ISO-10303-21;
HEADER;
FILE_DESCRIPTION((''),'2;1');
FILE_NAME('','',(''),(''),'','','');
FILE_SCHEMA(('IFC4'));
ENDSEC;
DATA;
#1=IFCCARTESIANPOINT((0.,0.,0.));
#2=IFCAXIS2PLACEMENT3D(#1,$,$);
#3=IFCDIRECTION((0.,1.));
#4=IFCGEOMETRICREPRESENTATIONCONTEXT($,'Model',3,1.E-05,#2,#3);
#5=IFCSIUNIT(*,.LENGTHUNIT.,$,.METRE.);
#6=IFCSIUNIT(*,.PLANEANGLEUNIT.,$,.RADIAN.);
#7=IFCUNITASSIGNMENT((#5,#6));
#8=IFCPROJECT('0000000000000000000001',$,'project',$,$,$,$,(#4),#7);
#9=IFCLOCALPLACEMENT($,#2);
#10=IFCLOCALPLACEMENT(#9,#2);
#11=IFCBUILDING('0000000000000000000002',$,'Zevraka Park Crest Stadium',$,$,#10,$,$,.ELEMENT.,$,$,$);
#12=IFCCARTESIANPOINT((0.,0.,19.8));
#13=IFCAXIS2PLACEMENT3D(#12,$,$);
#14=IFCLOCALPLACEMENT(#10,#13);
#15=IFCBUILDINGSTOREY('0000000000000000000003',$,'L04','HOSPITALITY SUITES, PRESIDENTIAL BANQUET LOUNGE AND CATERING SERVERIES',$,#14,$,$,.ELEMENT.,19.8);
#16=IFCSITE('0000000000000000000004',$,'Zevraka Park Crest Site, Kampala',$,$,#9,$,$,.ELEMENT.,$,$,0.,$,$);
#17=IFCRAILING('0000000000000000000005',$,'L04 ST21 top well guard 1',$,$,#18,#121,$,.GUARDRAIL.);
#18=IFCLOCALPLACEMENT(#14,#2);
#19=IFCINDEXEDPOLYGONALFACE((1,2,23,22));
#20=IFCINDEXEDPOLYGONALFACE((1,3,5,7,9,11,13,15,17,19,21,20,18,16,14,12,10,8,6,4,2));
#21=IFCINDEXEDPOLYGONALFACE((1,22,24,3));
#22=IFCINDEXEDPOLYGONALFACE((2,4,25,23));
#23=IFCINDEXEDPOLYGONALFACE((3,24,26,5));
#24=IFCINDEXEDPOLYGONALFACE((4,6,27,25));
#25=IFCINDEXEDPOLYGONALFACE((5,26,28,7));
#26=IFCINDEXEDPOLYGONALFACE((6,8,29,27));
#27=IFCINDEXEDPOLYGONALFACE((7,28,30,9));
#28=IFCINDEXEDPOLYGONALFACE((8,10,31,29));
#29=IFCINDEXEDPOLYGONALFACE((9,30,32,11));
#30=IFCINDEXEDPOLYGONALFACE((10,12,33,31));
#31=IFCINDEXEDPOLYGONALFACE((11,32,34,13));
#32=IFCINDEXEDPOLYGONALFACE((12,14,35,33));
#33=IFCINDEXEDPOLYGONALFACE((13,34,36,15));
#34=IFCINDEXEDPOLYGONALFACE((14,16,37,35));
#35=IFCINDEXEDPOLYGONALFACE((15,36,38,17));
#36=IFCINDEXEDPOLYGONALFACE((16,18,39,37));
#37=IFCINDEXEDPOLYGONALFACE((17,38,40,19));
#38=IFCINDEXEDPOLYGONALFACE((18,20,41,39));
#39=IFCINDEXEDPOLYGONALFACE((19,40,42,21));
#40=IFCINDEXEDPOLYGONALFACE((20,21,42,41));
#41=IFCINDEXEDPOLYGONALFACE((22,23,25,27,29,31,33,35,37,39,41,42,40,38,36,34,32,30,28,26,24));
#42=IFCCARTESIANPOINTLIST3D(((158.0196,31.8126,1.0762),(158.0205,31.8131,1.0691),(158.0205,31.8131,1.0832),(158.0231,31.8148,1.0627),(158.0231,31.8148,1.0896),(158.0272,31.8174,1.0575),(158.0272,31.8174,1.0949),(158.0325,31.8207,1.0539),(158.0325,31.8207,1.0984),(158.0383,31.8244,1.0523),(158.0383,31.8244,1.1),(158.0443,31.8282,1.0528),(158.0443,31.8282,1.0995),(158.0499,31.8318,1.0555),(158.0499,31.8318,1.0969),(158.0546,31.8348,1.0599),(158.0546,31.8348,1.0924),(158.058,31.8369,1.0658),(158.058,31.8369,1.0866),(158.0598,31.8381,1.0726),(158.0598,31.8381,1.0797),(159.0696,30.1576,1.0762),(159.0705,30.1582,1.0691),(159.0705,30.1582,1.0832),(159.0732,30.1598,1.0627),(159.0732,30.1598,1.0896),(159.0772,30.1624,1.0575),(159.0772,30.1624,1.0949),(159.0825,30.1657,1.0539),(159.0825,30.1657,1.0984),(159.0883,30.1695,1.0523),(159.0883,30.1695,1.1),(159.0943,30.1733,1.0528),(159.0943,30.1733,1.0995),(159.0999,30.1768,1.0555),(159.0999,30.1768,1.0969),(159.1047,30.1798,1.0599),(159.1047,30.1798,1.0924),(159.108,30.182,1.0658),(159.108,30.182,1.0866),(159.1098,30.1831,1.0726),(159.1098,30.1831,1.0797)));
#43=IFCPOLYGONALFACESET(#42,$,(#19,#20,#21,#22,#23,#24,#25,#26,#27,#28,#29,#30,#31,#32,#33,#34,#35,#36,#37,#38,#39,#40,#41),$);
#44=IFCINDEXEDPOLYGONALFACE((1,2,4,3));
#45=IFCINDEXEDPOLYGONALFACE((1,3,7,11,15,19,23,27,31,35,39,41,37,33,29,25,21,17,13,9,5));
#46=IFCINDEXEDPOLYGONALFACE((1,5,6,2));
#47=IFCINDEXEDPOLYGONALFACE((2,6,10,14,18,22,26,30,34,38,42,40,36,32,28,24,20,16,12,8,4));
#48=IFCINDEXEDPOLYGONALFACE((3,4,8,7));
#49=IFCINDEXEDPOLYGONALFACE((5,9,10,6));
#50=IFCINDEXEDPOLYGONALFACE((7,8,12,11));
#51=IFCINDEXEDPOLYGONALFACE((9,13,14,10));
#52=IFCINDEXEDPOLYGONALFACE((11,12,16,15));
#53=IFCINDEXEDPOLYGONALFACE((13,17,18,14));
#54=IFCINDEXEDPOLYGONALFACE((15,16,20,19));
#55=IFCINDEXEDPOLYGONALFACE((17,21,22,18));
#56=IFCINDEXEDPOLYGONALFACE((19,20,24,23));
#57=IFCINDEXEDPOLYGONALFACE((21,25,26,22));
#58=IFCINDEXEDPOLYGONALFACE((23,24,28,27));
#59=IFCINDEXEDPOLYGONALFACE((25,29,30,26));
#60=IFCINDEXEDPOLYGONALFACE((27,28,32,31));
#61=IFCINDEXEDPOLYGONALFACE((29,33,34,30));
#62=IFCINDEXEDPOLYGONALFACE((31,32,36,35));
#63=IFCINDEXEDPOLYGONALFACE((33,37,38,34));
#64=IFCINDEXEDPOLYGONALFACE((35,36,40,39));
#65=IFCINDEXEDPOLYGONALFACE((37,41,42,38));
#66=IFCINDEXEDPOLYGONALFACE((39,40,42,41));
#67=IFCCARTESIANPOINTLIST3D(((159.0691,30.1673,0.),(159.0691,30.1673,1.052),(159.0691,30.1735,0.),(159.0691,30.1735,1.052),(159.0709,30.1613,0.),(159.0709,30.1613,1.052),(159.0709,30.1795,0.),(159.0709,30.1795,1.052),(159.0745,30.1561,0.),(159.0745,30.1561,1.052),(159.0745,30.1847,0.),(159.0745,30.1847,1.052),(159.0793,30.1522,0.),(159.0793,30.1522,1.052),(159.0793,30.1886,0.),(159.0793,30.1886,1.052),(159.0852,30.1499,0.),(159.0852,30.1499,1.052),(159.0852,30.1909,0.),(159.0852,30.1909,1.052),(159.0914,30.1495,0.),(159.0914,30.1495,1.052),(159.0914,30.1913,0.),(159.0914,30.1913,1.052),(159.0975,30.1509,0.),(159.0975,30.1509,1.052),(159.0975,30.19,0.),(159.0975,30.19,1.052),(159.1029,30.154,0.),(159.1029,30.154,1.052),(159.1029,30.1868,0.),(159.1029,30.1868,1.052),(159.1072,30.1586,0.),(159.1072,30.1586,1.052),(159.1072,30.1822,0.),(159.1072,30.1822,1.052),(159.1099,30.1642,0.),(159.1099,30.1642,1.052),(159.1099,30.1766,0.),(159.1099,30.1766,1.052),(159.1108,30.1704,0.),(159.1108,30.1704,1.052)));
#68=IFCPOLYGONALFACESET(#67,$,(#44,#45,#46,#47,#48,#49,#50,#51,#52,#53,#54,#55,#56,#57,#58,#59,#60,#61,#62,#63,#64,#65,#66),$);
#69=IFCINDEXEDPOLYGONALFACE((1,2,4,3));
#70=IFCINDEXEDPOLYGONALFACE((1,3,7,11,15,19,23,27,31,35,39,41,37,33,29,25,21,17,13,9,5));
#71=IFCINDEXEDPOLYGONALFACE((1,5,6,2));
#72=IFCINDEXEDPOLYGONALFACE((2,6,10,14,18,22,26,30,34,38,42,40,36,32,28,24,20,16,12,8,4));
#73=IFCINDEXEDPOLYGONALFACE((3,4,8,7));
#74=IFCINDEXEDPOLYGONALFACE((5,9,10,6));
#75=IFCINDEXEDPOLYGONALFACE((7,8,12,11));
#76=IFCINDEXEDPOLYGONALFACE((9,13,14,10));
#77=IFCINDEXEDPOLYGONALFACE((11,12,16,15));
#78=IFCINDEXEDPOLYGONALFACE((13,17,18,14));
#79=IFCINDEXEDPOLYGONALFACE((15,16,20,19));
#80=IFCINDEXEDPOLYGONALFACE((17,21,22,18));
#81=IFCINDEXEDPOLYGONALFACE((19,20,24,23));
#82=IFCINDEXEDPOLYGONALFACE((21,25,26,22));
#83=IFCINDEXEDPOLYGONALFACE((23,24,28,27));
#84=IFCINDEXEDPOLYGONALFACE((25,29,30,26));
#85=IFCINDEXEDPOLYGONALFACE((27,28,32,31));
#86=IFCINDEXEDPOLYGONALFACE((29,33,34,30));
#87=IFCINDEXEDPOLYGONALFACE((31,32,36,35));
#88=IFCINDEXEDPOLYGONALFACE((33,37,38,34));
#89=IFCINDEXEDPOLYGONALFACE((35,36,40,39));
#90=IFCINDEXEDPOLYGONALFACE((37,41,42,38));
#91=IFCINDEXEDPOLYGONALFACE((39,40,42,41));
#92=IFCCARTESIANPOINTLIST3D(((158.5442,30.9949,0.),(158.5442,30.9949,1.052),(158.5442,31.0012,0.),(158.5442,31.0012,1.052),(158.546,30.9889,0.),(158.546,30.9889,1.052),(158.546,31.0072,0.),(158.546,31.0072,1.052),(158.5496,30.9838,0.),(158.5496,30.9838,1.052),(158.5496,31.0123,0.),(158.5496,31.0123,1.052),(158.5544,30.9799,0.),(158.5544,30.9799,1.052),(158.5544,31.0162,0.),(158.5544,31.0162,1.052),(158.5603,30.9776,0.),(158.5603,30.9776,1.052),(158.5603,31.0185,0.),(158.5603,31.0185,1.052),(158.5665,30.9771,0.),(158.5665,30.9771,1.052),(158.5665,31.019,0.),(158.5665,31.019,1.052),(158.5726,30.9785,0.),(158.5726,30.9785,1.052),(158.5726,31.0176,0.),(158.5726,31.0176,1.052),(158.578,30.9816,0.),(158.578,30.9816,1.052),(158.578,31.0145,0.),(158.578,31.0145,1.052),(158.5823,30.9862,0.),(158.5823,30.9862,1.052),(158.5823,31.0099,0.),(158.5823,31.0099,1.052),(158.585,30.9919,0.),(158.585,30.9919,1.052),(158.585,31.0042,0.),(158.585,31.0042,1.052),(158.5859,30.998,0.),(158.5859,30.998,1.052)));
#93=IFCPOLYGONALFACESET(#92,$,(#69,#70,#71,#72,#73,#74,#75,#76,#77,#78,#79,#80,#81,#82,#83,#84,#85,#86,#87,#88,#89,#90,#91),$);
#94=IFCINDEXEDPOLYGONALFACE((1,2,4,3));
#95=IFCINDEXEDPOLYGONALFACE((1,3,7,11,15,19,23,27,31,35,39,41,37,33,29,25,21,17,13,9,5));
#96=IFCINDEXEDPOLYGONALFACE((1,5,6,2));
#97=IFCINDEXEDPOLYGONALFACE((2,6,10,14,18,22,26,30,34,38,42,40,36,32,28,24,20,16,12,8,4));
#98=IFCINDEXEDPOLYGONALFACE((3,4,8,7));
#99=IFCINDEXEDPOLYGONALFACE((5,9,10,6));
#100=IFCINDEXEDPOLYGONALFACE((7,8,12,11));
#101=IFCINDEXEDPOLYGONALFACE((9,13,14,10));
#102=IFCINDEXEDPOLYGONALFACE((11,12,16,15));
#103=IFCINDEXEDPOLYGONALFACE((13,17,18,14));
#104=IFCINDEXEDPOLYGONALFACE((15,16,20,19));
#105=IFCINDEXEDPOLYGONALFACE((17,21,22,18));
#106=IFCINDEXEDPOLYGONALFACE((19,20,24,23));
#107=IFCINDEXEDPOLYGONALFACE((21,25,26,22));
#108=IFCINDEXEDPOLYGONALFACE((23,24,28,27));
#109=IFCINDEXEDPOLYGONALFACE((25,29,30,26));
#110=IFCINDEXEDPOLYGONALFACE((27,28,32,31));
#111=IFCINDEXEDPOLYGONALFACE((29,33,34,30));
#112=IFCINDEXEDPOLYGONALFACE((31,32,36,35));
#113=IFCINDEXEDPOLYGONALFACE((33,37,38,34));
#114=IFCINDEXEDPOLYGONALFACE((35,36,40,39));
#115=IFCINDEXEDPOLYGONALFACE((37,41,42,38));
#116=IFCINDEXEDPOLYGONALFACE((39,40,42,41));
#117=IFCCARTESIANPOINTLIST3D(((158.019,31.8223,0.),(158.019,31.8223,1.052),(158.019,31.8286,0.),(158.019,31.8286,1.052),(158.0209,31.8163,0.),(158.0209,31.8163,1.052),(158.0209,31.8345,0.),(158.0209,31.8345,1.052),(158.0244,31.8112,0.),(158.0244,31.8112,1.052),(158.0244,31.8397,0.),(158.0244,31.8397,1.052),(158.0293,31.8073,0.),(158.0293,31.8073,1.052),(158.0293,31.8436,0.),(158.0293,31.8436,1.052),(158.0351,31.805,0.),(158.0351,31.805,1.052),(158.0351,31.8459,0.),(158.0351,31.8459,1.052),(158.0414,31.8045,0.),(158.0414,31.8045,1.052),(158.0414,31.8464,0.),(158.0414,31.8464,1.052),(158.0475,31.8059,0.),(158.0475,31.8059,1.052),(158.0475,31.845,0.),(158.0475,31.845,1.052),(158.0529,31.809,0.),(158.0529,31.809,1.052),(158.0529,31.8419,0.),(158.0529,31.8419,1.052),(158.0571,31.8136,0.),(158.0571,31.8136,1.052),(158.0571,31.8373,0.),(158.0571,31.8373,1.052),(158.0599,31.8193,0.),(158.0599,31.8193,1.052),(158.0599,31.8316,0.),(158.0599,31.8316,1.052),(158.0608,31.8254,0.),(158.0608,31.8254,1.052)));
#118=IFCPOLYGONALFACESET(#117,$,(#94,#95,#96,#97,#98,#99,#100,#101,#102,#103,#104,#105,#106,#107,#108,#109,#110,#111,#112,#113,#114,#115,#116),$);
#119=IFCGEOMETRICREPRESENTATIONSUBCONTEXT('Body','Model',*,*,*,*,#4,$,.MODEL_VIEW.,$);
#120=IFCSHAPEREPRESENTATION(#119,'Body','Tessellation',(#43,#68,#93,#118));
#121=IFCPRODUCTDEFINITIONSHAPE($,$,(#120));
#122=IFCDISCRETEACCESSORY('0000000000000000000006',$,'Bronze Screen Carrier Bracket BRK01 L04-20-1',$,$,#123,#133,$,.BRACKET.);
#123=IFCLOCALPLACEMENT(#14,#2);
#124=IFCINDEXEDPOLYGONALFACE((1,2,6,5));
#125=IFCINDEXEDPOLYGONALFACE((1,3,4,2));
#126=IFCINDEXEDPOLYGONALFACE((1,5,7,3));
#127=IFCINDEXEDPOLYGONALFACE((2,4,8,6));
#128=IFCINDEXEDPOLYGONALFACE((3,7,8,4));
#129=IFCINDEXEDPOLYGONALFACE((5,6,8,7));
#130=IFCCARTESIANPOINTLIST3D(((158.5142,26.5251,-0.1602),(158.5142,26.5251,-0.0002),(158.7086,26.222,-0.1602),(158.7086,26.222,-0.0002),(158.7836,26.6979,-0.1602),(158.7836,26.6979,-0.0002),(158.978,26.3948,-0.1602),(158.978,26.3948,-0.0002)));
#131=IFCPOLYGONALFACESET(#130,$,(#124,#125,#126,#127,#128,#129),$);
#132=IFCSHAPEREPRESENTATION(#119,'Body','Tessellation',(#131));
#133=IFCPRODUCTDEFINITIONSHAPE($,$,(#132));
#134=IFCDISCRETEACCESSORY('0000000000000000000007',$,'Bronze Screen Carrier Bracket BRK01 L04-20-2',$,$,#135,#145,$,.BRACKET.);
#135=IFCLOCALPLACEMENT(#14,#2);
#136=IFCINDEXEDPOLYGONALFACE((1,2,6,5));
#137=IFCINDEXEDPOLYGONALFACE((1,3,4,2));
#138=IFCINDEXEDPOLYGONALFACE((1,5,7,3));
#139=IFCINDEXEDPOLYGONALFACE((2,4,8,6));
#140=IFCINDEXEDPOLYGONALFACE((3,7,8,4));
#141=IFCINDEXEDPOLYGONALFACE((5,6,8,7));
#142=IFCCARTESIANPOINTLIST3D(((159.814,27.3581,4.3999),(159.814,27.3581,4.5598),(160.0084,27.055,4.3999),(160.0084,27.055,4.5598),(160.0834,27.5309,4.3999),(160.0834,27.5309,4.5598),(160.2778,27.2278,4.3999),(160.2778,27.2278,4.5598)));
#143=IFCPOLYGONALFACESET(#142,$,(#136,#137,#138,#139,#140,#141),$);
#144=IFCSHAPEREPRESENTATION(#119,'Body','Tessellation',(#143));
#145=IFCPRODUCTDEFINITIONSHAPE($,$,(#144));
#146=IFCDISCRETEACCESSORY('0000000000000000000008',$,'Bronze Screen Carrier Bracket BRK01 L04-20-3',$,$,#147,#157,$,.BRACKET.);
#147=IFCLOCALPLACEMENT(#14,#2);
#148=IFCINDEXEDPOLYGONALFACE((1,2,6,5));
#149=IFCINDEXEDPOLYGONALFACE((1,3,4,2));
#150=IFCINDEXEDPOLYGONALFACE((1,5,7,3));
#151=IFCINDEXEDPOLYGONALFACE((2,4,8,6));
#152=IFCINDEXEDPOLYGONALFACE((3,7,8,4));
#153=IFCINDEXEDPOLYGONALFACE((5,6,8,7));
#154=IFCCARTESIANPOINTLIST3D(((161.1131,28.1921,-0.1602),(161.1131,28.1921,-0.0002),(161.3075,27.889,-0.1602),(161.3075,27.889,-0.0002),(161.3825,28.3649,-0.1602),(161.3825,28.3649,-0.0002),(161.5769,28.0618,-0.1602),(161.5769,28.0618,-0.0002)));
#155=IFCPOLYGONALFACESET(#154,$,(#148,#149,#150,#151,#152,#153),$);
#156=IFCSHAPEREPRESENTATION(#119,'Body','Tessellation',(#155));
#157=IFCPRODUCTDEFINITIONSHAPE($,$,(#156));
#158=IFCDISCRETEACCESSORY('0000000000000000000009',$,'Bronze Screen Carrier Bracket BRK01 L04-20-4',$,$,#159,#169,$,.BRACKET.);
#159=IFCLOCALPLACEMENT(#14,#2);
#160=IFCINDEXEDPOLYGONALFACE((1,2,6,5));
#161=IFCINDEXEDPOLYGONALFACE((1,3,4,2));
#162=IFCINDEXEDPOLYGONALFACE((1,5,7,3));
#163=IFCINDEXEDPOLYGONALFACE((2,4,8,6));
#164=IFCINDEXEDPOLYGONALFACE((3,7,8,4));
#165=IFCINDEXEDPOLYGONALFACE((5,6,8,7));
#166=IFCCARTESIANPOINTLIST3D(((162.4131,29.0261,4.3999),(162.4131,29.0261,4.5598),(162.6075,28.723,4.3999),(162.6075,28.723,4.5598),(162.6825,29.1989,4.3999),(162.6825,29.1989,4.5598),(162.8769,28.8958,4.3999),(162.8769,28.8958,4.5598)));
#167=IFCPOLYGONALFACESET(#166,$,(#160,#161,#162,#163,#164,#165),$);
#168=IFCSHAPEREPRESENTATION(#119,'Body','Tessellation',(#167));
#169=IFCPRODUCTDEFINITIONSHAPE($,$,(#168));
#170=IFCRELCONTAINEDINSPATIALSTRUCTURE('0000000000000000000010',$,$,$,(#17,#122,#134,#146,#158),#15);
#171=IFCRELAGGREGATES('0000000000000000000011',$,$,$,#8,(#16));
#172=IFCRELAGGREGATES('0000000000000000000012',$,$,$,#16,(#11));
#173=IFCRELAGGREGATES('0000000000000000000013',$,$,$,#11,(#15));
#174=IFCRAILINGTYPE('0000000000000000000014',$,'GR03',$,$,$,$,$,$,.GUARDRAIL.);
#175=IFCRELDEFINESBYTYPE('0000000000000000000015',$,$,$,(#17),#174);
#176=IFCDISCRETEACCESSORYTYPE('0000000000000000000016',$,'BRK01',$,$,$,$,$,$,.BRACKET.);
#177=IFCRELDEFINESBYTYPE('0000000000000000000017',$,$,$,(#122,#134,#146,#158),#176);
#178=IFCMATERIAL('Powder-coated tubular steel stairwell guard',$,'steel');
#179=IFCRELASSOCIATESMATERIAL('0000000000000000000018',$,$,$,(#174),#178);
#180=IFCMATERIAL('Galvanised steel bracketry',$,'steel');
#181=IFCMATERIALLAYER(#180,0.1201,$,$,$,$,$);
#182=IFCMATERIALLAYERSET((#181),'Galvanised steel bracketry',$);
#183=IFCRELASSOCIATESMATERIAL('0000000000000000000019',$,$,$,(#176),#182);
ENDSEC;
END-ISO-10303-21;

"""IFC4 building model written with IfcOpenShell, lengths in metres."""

from ifc_helpers import new_model, si_unit, direction, frame, origin, origin_2d, place, context, subcontext, project, spatial, rectangle, circle, extrude, material, layer, layer_set, type_object, element, save


model = new_model("IFC4")

# Units and contexts
model_context = context("Model", 3, precision=1e-05, world=origin(), true_north=direction((0.0, 1.0)))
body_context = subcontext(model_context, "Body", "Model", "MODEL_VIEW")
ifc_project = project(units=[si_unit("LENGTHUNIT", "METRE"), si_unit("PLANEANGLEUNIT", "RADIAN")], contexts=[model_context])

# Site, building, storey
site_placement = place(None, origin())
site = spatial("IfcSite", under=ifc_project, at=site_placement, Name="Zevraka Park Crest Site, Kampala", CompositionType="ELEMENT", RefElevation=0.0)
building_placement = place(site_placement, origin())
building = spatial("IfcBuilding", under=site, at=building_placement, Name="Zevraka Park Crest Stadium", CompositionType="ELEMENT")
storey_placement = place(building_placement, frame((0.0, 0.0, 19.8)))
storey = spatial("IfcBuildingStorey", under=building, at=storey_placement, Name="L04", Description="HOSPITALITY SUITES, PRESIDENTIAL BANQUET LOUNGE AND CATERING SERVERIES", CompositionType="ELEMENT", Elevation=19.8)

# Railing
ifc_material_1 = material(Name="Powder-coated tubular steel stairwell guard", Category="steel")
railing_type = type_object("IfcRailingType", Name="GR03", PredefinedType="GUARDRAIL", material=ifc_material_1)
railing_placement = place(storey_placement, frame((159.0898, 30.1704, 0.0)))
element("IfcRailing", 1, at=railing_placement, inside=storey, type_object=railing_type, Name="L04 ST21 top well guard 1", PredefinedType="GUARDRAIL", context=body_context, shape_type="SweptSolid", body=[
    extrude(circle(Radius=0.0239, at=origin_2d()), frame((0.0, 0.0, 1.0762), z_axis=(-0.535731, 0.844389, 0.0), x_axis=(-0.844389, -0.535731, 0.0)), (0.0, 0.0, 1.0), 1.96),
    extrude(circle(Radius=0.021, at=origin_2d()), origin(), (0.0, 0.0, 1.0), 1.052),
    extrude(circle(Radius=0.021, at=origin_2d()), frame((-0.5249, 0.8276, 0.0)), (0.0, 0.0, 1.0), 1.052),
    extrude(circle(Radius=0.021, at=origin_2d()), frame((-1.05, 1.655, 0.0)), (0.0, 0.0, 1.0), 1.052),
])

# Discrete accessories
ifc_material_2 = material(Name="Galvanised steel bracketry", Category="steel")
ifc_layer_1 = layer(ifc_material_2, 0.1201)
ifc_layer_set_1 = layer_set([ifc_layer_1], Name="Galvanised steel bracketry")
discrete_accessory_type = type_object("IfcDiscreteAccessoryType", Name="BRK01", PredefinedType="BRACKET", material=ifc_layer_set_1)
for number, where, z_axis, x_axis, name in (
    (2, (158.7461, 26.46, -0.1602), (0.0, 0.0, 1.0), (0.841699, 0.539947, 0.0), "Bronze Screen Carrier Bracket BRK01 L04-20-1"),
    (3, (160.0459, 27.293, 4.3999), (0.0, 0.0, 1.0), (0.841699, 0.539947, 0.0), "Bronze Screen Carrier Bracket BRK01 L04-20-2"),
    (4, (161.345, 28.127, -0.1602), (0.0, 0.0, 1.0), (0.841699, 0.539947, 0.0), "Bronze Screen Carrier Bracket BRK01 L04-20-3"),
    (5, (162.645, 28.9609, 4.3999), (0.0, 0.0, 1.0), (0.841699, 0.539947, 0.0), "Bronze Screen Carrier Bracket BRK01 L04-20-4"),
):
    element("IfcDiscreteAccessory", number, at=place(storey_placement, frame(where, z_axis=z_axis, x_axis=x_axis)), inside=storey, type_object=discrete_accessory_type, Name=name, PredefinedType="BRACKET", context=body_context, shape_type="SweptSolid", body=[
        extrude(rectangle(XDim=0.3201, YDim=0.3601, at=origin_2d()), origin(), (0.0, 0.0, 1.0), 0.1599),
    ])

save(model, "model.ifc")
